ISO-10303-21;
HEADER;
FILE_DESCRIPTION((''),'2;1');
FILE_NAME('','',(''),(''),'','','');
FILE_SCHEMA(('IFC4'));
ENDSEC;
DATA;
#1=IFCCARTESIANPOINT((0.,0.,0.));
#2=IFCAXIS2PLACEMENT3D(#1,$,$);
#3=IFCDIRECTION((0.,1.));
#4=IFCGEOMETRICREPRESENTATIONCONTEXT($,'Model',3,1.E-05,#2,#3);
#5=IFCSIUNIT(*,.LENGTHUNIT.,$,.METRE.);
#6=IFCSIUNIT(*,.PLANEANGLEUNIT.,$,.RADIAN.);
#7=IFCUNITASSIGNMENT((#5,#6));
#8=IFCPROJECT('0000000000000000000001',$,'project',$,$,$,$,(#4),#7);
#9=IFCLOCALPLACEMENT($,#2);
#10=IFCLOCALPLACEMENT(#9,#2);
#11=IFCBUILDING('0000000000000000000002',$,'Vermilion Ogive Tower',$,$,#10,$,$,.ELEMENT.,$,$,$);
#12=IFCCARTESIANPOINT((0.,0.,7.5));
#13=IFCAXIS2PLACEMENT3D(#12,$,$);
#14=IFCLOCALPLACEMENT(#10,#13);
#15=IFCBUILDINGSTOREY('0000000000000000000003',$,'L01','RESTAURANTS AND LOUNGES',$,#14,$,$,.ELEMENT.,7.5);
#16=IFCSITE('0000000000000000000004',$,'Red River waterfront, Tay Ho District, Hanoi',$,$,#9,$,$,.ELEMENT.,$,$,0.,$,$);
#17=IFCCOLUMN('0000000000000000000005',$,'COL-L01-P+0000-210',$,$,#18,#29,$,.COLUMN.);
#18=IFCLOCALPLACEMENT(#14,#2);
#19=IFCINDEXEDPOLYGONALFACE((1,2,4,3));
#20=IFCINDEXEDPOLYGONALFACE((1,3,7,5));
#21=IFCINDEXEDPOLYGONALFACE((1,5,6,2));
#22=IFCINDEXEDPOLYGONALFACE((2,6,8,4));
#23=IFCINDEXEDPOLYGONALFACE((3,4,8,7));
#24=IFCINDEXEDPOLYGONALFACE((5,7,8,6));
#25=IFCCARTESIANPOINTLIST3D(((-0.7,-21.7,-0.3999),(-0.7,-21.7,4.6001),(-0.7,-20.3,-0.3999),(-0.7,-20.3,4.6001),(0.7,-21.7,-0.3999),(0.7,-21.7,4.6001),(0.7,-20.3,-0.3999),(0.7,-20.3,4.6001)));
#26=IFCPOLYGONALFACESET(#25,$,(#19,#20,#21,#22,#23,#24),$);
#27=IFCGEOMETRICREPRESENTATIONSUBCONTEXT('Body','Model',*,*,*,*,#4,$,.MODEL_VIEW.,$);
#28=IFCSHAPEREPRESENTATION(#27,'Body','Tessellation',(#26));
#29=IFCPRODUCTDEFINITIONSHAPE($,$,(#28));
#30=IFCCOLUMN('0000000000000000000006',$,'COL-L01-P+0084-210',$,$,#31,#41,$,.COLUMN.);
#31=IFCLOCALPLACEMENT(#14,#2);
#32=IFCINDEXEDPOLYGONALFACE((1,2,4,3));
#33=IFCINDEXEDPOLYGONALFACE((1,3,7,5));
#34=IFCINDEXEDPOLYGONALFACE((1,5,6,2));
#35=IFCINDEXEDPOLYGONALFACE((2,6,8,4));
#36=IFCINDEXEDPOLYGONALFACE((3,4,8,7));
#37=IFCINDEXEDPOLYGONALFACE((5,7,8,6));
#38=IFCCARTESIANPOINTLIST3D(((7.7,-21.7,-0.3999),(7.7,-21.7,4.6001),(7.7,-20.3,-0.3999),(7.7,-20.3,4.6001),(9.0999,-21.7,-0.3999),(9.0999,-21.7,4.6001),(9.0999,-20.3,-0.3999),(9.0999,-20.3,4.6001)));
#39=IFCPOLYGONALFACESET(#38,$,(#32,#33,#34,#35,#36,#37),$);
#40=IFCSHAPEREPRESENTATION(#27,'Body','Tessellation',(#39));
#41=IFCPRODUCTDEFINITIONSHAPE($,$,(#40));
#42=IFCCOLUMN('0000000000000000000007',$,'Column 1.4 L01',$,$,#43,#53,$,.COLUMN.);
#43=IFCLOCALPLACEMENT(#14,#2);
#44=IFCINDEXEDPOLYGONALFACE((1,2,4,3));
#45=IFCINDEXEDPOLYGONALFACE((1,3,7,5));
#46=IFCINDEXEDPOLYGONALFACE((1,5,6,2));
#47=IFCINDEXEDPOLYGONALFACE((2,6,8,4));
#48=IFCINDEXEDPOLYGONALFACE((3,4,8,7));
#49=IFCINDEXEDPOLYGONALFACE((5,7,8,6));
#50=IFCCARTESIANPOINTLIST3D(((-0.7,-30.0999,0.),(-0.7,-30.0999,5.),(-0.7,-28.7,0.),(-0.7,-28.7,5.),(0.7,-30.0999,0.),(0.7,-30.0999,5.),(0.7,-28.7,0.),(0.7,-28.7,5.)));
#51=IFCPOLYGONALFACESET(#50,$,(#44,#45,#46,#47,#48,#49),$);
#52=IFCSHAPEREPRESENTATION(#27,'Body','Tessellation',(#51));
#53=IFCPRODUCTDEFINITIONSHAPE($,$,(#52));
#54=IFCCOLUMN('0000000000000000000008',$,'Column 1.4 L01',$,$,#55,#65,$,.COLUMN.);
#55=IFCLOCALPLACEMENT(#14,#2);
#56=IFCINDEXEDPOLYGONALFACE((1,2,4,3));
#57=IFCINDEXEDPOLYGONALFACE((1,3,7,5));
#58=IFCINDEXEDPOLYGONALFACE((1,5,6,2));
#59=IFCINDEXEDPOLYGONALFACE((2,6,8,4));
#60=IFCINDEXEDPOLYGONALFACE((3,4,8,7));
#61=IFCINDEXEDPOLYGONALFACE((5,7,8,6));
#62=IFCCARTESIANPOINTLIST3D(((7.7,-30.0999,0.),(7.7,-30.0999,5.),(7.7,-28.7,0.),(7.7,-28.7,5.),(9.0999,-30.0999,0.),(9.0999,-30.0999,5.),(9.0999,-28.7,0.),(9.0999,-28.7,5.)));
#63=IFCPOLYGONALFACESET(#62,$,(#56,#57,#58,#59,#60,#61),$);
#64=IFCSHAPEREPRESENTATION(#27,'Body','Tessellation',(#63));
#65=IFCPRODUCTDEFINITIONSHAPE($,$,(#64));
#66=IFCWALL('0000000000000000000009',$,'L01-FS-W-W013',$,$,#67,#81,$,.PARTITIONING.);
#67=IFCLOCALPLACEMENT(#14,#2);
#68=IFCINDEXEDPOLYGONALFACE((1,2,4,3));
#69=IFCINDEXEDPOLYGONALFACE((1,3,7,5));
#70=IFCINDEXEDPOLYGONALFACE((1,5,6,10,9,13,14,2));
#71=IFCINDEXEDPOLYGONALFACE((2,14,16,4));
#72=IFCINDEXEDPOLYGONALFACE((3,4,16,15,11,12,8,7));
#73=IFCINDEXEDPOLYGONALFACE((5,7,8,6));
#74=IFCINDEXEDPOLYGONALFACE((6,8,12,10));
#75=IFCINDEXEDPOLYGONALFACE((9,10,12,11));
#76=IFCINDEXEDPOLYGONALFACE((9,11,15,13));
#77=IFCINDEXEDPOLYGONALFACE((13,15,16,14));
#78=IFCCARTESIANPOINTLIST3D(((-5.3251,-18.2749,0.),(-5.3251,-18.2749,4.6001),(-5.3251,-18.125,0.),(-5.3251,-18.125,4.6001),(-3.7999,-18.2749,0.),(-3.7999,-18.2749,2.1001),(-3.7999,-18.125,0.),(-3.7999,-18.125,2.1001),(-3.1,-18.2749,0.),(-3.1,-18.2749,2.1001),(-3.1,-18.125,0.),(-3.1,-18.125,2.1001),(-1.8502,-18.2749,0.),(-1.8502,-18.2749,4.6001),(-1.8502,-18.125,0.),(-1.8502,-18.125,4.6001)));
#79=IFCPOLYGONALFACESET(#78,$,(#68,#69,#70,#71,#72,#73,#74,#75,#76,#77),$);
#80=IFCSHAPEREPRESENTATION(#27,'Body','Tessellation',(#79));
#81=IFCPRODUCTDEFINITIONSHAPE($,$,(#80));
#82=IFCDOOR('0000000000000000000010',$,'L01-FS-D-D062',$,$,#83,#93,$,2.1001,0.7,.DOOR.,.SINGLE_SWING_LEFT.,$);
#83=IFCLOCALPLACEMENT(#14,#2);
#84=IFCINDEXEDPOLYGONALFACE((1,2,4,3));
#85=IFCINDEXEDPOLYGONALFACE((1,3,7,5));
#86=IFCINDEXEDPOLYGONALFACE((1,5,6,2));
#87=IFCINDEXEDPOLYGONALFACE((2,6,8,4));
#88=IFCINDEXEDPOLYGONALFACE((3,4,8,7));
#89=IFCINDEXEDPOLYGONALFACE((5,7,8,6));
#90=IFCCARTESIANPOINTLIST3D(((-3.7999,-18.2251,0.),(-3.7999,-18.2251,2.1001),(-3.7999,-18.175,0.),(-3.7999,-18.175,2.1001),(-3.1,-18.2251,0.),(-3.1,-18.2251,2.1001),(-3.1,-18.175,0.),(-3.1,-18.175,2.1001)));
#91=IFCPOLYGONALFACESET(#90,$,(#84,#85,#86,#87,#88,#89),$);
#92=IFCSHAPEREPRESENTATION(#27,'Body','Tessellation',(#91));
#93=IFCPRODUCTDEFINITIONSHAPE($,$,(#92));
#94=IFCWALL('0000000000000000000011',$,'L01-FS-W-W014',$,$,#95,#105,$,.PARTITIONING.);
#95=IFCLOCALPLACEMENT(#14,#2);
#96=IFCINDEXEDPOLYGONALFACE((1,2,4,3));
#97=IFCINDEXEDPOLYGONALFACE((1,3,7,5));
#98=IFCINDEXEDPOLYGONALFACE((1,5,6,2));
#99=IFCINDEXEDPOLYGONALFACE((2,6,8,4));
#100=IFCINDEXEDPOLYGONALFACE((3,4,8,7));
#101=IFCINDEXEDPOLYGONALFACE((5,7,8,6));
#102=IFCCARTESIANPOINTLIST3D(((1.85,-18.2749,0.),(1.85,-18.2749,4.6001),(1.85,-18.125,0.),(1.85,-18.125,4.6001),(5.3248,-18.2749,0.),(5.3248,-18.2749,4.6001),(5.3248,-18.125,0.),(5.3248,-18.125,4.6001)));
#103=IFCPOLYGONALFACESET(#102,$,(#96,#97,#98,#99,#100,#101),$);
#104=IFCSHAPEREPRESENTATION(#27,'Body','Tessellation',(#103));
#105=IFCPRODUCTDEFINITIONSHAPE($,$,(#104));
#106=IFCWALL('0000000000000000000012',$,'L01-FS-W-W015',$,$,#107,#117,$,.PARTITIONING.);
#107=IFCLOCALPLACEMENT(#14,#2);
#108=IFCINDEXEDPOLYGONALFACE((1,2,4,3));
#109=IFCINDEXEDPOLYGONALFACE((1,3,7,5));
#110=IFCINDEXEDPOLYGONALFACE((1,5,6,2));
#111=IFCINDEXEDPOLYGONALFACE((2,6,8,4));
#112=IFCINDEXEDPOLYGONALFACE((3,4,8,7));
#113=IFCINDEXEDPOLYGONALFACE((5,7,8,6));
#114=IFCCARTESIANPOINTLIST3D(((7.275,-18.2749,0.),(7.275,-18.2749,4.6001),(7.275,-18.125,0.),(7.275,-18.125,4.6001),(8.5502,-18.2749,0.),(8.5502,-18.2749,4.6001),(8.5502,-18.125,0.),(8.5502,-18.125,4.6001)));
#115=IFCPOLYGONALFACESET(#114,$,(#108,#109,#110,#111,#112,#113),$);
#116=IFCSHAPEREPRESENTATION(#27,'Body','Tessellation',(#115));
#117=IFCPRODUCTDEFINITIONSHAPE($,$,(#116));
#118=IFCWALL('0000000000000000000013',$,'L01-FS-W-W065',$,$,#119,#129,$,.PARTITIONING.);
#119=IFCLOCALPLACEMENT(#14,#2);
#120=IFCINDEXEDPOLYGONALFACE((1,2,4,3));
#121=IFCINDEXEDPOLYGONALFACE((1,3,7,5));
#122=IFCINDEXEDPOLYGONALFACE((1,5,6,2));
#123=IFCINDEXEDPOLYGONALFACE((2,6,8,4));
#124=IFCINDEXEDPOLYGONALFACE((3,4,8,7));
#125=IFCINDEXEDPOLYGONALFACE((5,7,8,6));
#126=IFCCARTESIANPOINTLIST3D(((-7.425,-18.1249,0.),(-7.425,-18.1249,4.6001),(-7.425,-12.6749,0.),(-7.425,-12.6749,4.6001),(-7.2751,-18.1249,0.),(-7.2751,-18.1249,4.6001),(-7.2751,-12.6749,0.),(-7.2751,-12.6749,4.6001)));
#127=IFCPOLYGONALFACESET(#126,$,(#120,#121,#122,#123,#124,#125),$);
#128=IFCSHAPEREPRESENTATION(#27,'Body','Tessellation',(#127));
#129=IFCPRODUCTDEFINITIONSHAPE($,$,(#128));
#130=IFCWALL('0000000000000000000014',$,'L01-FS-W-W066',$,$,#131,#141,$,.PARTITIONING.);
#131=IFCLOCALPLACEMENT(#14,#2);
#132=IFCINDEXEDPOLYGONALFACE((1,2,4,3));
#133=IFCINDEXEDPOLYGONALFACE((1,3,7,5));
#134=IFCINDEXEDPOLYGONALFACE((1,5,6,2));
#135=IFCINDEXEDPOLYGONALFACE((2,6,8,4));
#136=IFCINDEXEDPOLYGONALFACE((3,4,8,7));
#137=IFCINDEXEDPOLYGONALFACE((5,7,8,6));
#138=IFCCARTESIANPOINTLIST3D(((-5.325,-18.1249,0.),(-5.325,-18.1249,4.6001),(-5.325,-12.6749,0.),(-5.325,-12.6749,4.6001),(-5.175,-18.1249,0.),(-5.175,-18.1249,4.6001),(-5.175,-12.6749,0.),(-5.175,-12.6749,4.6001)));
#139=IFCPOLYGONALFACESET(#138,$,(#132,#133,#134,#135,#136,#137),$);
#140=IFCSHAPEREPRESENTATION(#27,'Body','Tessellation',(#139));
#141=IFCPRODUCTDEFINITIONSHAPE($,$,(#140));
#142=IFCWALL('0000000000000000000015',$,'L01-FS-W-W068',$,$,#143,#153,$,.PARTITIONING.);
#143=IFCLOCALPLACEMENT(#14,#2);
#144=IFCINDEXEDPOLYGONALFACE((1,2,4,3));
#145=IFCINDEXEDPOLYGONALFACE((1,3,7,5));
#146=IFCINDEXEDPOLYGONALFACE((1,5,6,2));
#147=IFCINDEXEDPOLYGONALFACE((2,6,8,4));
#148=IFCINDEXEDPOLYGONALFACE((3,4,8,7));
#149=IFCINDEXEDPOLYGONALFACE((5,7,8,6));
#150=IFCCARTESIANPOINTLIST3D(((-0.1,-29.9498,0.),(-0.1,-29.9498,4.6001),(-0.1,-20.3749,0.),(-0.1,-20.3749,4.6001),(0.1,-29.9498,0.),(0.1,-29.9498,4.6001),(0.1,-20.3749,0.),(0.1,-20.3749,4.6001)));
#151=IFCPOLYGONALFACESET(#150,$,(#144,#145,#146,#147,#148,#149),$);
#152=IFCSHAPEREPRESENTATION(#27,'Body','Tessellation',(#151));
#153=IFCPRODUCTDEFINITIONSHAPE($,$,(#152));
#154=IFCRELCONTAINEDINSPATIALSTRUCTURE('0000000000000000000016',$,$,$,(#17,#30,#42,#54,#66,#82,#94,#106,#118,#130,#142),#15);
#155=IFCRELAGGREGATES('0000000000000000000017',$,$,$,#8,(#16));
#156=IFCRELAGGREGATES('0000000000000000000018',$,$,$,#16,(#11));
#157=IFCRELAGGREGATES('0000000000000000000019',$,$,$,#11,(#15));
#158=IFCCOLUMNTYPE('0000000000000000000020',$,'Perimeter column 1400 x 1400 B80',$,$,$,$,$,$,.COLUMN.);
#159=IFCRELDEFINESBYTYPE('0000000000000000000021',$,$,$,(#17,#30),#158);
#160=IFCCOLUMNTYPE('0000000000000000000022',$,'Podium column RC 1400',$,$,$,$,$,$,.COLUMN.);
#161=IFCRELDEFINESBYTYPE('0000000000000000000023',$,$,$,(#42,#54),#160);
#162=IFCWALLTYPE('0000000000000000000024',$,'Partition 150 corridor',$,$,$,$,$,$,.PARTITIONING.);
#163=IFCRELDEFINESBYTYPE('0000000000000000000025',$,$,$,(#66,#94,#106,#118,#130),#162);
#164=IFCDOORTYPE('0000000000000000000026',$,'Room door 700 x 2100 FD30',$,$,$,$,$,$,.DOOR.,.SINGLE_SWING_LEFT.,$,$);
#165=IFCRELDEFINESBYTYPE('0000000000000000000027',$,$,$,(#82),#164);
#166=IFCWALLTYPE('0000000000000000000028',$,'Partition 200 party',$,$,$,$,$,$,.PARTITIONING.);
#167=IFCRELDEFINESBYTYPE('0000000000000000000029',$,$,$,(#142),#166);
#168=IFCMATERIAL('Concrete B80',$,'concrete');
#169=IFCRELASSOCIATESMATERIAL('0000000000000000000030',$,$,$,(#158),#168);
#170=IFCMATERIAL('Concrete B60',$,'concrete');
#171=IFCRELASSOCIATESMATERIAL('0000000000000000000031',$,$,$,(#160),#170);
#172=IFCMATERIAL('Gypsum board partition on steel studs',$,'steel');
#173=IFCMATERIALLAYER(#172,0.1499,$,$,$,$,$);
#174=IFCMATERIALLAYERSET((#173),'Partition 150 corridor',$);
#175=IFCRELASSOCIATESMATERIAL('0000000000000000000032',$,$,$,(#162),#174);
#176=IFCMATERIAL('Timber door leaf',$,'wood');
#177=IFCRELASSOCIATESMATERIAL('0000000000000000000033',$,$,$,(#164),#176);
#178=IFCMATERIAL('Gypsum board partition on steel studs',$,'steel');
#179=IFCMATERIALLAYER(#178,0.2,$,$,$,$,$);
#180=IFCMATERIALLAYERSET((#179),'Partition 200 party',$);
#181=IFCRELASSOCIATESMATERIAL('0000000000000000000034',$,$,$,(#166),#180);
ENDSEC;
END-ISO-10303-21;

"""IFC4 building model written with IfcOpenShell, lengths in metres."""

from ifc_helpers import new_model, si_unit, direction, frame, frame_2d, origin, origin_2d, place, context, subcontext, project, spatial, rectangle, extrude, material, layer, layer_set, material_profile, profile_set, type_object, element, fill, save


model = new_model("IFC4")

# Units and contexts
model_context = context("Model", 3, precision=1e-05, world=origin(), true_north=direction((0.0, 1.0)))
body_context = subcontext(model_context, "Body", "Model", "MODEL_VIEW")
ifc_project = project(units=[si_unit("LENGTHUNIT", "METRE"), si_unit("PLANEANGLEUNIT", "RADIAN")], contexts=[model_context])

# Site, building, storey
site_placement = place(None, origin())
site = spatial("IfcSite", under=ifc_project, at=site_placement, Name="Red River waterfront, Tay Ho District, Hanoi", CompositionType="ELEMENT", RefElevation=0.0)
building_placement = place(site_placement, origin())
building = spatial("IfcBuilding", under=site, at=building_placement, Name="Vermilion Ogive Tower", CompositionType="ELEMENT")
storey_placement = place(building_placement, frame((0.0, 0.0, 7.5)))
storey = spatial("IfcBuildingStorey", under=building, at=storey_placement, Name="L01", Description="RESTAURANTS AND LOUNGES", CompositionType="ELEMENT", Elevation=7.5)

# Columns
ifc_material_1 = material(Name="Concrete B80", Category="concrete")
ifc_material_profile_1 = material_profile(ifc_material_1, rectangle(XDim=1.3999, YDim=1.3999, at=origin_2d()), Name="1400 x 1400")
ifc_profile_set_1 = profile_set([ifc_material_profile_1], Name="Concrete B80")
column_type_1 = type_object("IfcColumnType", Name="Perimeter column 1400 x 1400 B80", PredefinedType="COLUMN", material=ifc_profile_set_1)
for number, where, z_axis, x_axis, name in (
    (1, (0.0, -21.0, -0.3999), (0.0, 0.0, 1.0), (1.0, 0.0, 0.0), "COL-L01-P+0000-210"),
    (2, (8.3999, -21.0, -0.3999), (0.0, 0.0, 1.0), (1.0, 0.0, 0.0), "COL-L01-P+0084-210"),
):
    element("IfcColumn", number, at=place(storey_placement, frame(where, z_axis=z_axis, x_axis=x_axis)), inside=storey, type_object=column_type_1, Name=name, PredefinedType="COLUMN", context=body_context, shape_type="SweptSolid", body=[
        extrude(rectangle(XDim=1.3999, YDim=1.3999, at=origin_2d()), origin(), (0.0, 0.0, 1.0), 5.0),
    ])
ifc_material_2 = material(Name="Concrete B60", Category="concrete")
ifc_material_profile_2 = material_profile(ifc_material_2, rectangle(XDim=1.3999, YDim=1.3999, at=origin_2d()), Name="RC 1400x1400")
ifc_profile_set_2 = profile_set([ifc_material_profile_2], Name="Concrete B60")
column_type_2 = type_object("IfcColumnType", Name="Podium column RC 1400", PredefinedType="COLUMN", material=ifc_profile_set_2)
for number, where, z_axis, x_axis, name in (
    (3, (0.0, -29.3999, 0.0), (0.0, 0.0, 1.0), (1.0, 0.0, 0.0), "Column 1.4 L01"),
    (4, (8.3999, -29.3999, 0.0), (0.0, 0.0, 1.0), (1.0, 0.0, 0.0), "Column 1.4 L01"),
):
    element("IfcColumn", number, at=place(storey_placement, frame(where, z_axis=z_axis, x_axis=x_axis)), inside=storey, type_object=column_type_2, Name=name, PredefinedType="COLUMN", context=body_context, shape_type="SweptSolid", body=[
        extrude(rectangle(XDim=1.3999, YDim=1.3999, at=origin_2d()), origin(), (0.0, 0.0, 1.0), 5.0),
    ])

# Wall, opening, door
ifc_material_3 = material(Name="Gypsum board partition on steel studs", Category="steel")
ifc_layer_1 = layer(ifc_material_3, 0.1499)
ifc_layer_set_1 = layer_set([ifc_layer_1], Name="Partition 150 corridor")
wall_type_1 = type_object("IfcWallType", Name="Partition 150 corridor", PredefinedType="PARTITIONING", material=ifc_layer_set_1)
wall_1_placement = place(storey_placement, frame((-5.325, -18.2, 0.0), z_axis=(0.0, 0.0, 1.0), x_axis=(1.0, 0.0, 0.0)))
wall_1 = element("IfcWall", 5, at=wall_1_placement, inside=storey, type_object=wall_type_1, Name="L01-FS-W-W013", PredefinedType="PARTITIONING", context=body_context, shape_type="SweptSolid", body=[
    extrude(rectangle(XDim=3.4749, YDim=0.1499, at=frame_2d((1.7373, 0.0))), origin(), (0.0, 0.0, 1.0), 4.6001),
])
opening_1_placement = place(wall_1_placement, frame((1.5249, 0.0, 0.0)))
opening_1 = element("IfcOpeningElement", 6, at=opening_1_placement, cuts=wall_1, PredefinedType="OPENING", context=body_context, shape_type="SweptSolid", body=[
    extrude(rectangle(XDim=0.7, YDim=2.1001, at=frame_2d((0.3501, 1.05))), frame((0.0, 0.085, 0.0), z_axis=(0.0, -1.0, 0.0), x_axis=(1.0, 0.0, 0.0)), (0.0, 0.0, 1.0), 0.1699),
])
ifc_material_4 = material(Name="Timber door leaf", Category="wood")
door_type_1 = type_object("IfcDoorType", Name="Room door 700 x 2100 FD30", OperationType="SINGLE_SWING_LEFT", PredefinedType="DOOR", material=ifc_material_4)
door_1_placement = place(opening_1_placement, origin())
door_1 = element("IfcDoor", 7, at=door_1_placement, inside=storey, type_object=door_type_1, Name="L01-FS-D-D062", OperationType="SINGLE_SWING_LEFT", OverallHeight=2.1001, OverallWidth=0.7, PredefinedType="DOOR", context=body_context, shape_type="SweptSolid", body=[
    extrude(rectangle(XDim=0.7, YDim=2.1001, at=frame_2d((0.3501, 1.05))), frame((0.0, 0.0249, 0.0), z_axis=(0.0, -1.0, 0.0), x_axis=(1.0, 0.0, 0.0)), (0.0, 0.0, 1.0), 0.05),
])
fill(opening_1, door_1)

# Walls
wall_2_placement = place(storey_placement, frame((1.8501, -18.2, 0.0), z_axis=(0.0, 0.0, 1.0), x_axis=(1.0, 0.0, 0.0)))
element("IfcWall", 8, at=wall_2_placement, inside=storey, type_object=wall_type_1, Name="L01-FS-W-W014", PredefinedType="PARTITIONING", context=body_context, shape_type="SweptSolid", body=[
    extrude(rectangle(XDim=3.4749, YDim=0.1499, at=frame_2d((1.7373, 0.0))), origin(), (0.0, 0.0, 1.0), 4.6001),
])
wall_3_placement = place(storey_placement, frame((7.2749, -18.2, 0.0), z_axis=(0.0, 0.0, 1.0), x_axis=(1.0, 0.0, 0.0)))
element("IfcWall", 9, at=wall_3_placement, inside=storey, type_object=wall_type_1, Name="L01-FS-W-W015", PredefinedType="PARTITIONING", context=body_context, shape_type="SweptSolid", body=[
    extrude(rectangle(XDim=1.2751, YDim=0.1499, at=frame_2d((0.6377, 0.0))), origin(), (0.0, 0.0, 1.0), 4.6001),
])
for number, where, z_axis, x_axis, name in (
    (10, (-7.3501, -18.125, 0.0), (0.0, 0.0, 1.0), (0.0, 1.0, 0.0), "L01-FS-W-W065"),
    (11, (-5.25, -18.125, 0.0), (0.0, 0.0, 1.0), (0.0, 1.0, 0.0), "L01-FS-W-W066"),
):
    element("IfcWall", number, at=place(storey_placement, frame(where, z_axis=z_axis, x_axis=x_axis)), inside=storey, type_object=wall_type_1, Name=name, PredefinedType="PARTITIONING", context=body_context, shape_type="SweptSolid", body=[
        extrude(rectangle(XDim=5.45, YDim=0.1499, at=frame_2d((2.7251, 0.0))), origin(), (0.0, 0.0, 1.0), 4.6001),
    ])
ifc_material_5 = material(Name="Gypsum board partition on steel studs", Category="steel")
ifc_layer_2 = layer(ifc_material_5, 0.2)
ifc_layer_set_2 = layer_set([ifc_layer_2], Name="Partition 200 party")
wall_type_2 = type_object("IfcWallType", Name="Partition 200 party", PredefinedType="PARTITIONING", material=ifc_layer_set_2)
wall_4_placement = place(storey_placement, frame((0.0, -29.95, 0.0), z_axis=(0.0, 0.0, 1.0), x_axis=(0.0, 1.0, 0.0)))
element("IfcWall", 12, at=wall_4_placement, inside=storey, type_object=wall_type_2, Name="L01-FS-W-W068", PredefinedType="PARTITIONING", context=body_context, shape_type="SweptSolid", body=[
    extrude(rectangle(XDim=9.575, YDim=0.2, at=frame_2d((4.7876, 0.0))), origin(), (0.0, 0.0, 1.0), 4.6001),
])

save(model, "model.ifc")
